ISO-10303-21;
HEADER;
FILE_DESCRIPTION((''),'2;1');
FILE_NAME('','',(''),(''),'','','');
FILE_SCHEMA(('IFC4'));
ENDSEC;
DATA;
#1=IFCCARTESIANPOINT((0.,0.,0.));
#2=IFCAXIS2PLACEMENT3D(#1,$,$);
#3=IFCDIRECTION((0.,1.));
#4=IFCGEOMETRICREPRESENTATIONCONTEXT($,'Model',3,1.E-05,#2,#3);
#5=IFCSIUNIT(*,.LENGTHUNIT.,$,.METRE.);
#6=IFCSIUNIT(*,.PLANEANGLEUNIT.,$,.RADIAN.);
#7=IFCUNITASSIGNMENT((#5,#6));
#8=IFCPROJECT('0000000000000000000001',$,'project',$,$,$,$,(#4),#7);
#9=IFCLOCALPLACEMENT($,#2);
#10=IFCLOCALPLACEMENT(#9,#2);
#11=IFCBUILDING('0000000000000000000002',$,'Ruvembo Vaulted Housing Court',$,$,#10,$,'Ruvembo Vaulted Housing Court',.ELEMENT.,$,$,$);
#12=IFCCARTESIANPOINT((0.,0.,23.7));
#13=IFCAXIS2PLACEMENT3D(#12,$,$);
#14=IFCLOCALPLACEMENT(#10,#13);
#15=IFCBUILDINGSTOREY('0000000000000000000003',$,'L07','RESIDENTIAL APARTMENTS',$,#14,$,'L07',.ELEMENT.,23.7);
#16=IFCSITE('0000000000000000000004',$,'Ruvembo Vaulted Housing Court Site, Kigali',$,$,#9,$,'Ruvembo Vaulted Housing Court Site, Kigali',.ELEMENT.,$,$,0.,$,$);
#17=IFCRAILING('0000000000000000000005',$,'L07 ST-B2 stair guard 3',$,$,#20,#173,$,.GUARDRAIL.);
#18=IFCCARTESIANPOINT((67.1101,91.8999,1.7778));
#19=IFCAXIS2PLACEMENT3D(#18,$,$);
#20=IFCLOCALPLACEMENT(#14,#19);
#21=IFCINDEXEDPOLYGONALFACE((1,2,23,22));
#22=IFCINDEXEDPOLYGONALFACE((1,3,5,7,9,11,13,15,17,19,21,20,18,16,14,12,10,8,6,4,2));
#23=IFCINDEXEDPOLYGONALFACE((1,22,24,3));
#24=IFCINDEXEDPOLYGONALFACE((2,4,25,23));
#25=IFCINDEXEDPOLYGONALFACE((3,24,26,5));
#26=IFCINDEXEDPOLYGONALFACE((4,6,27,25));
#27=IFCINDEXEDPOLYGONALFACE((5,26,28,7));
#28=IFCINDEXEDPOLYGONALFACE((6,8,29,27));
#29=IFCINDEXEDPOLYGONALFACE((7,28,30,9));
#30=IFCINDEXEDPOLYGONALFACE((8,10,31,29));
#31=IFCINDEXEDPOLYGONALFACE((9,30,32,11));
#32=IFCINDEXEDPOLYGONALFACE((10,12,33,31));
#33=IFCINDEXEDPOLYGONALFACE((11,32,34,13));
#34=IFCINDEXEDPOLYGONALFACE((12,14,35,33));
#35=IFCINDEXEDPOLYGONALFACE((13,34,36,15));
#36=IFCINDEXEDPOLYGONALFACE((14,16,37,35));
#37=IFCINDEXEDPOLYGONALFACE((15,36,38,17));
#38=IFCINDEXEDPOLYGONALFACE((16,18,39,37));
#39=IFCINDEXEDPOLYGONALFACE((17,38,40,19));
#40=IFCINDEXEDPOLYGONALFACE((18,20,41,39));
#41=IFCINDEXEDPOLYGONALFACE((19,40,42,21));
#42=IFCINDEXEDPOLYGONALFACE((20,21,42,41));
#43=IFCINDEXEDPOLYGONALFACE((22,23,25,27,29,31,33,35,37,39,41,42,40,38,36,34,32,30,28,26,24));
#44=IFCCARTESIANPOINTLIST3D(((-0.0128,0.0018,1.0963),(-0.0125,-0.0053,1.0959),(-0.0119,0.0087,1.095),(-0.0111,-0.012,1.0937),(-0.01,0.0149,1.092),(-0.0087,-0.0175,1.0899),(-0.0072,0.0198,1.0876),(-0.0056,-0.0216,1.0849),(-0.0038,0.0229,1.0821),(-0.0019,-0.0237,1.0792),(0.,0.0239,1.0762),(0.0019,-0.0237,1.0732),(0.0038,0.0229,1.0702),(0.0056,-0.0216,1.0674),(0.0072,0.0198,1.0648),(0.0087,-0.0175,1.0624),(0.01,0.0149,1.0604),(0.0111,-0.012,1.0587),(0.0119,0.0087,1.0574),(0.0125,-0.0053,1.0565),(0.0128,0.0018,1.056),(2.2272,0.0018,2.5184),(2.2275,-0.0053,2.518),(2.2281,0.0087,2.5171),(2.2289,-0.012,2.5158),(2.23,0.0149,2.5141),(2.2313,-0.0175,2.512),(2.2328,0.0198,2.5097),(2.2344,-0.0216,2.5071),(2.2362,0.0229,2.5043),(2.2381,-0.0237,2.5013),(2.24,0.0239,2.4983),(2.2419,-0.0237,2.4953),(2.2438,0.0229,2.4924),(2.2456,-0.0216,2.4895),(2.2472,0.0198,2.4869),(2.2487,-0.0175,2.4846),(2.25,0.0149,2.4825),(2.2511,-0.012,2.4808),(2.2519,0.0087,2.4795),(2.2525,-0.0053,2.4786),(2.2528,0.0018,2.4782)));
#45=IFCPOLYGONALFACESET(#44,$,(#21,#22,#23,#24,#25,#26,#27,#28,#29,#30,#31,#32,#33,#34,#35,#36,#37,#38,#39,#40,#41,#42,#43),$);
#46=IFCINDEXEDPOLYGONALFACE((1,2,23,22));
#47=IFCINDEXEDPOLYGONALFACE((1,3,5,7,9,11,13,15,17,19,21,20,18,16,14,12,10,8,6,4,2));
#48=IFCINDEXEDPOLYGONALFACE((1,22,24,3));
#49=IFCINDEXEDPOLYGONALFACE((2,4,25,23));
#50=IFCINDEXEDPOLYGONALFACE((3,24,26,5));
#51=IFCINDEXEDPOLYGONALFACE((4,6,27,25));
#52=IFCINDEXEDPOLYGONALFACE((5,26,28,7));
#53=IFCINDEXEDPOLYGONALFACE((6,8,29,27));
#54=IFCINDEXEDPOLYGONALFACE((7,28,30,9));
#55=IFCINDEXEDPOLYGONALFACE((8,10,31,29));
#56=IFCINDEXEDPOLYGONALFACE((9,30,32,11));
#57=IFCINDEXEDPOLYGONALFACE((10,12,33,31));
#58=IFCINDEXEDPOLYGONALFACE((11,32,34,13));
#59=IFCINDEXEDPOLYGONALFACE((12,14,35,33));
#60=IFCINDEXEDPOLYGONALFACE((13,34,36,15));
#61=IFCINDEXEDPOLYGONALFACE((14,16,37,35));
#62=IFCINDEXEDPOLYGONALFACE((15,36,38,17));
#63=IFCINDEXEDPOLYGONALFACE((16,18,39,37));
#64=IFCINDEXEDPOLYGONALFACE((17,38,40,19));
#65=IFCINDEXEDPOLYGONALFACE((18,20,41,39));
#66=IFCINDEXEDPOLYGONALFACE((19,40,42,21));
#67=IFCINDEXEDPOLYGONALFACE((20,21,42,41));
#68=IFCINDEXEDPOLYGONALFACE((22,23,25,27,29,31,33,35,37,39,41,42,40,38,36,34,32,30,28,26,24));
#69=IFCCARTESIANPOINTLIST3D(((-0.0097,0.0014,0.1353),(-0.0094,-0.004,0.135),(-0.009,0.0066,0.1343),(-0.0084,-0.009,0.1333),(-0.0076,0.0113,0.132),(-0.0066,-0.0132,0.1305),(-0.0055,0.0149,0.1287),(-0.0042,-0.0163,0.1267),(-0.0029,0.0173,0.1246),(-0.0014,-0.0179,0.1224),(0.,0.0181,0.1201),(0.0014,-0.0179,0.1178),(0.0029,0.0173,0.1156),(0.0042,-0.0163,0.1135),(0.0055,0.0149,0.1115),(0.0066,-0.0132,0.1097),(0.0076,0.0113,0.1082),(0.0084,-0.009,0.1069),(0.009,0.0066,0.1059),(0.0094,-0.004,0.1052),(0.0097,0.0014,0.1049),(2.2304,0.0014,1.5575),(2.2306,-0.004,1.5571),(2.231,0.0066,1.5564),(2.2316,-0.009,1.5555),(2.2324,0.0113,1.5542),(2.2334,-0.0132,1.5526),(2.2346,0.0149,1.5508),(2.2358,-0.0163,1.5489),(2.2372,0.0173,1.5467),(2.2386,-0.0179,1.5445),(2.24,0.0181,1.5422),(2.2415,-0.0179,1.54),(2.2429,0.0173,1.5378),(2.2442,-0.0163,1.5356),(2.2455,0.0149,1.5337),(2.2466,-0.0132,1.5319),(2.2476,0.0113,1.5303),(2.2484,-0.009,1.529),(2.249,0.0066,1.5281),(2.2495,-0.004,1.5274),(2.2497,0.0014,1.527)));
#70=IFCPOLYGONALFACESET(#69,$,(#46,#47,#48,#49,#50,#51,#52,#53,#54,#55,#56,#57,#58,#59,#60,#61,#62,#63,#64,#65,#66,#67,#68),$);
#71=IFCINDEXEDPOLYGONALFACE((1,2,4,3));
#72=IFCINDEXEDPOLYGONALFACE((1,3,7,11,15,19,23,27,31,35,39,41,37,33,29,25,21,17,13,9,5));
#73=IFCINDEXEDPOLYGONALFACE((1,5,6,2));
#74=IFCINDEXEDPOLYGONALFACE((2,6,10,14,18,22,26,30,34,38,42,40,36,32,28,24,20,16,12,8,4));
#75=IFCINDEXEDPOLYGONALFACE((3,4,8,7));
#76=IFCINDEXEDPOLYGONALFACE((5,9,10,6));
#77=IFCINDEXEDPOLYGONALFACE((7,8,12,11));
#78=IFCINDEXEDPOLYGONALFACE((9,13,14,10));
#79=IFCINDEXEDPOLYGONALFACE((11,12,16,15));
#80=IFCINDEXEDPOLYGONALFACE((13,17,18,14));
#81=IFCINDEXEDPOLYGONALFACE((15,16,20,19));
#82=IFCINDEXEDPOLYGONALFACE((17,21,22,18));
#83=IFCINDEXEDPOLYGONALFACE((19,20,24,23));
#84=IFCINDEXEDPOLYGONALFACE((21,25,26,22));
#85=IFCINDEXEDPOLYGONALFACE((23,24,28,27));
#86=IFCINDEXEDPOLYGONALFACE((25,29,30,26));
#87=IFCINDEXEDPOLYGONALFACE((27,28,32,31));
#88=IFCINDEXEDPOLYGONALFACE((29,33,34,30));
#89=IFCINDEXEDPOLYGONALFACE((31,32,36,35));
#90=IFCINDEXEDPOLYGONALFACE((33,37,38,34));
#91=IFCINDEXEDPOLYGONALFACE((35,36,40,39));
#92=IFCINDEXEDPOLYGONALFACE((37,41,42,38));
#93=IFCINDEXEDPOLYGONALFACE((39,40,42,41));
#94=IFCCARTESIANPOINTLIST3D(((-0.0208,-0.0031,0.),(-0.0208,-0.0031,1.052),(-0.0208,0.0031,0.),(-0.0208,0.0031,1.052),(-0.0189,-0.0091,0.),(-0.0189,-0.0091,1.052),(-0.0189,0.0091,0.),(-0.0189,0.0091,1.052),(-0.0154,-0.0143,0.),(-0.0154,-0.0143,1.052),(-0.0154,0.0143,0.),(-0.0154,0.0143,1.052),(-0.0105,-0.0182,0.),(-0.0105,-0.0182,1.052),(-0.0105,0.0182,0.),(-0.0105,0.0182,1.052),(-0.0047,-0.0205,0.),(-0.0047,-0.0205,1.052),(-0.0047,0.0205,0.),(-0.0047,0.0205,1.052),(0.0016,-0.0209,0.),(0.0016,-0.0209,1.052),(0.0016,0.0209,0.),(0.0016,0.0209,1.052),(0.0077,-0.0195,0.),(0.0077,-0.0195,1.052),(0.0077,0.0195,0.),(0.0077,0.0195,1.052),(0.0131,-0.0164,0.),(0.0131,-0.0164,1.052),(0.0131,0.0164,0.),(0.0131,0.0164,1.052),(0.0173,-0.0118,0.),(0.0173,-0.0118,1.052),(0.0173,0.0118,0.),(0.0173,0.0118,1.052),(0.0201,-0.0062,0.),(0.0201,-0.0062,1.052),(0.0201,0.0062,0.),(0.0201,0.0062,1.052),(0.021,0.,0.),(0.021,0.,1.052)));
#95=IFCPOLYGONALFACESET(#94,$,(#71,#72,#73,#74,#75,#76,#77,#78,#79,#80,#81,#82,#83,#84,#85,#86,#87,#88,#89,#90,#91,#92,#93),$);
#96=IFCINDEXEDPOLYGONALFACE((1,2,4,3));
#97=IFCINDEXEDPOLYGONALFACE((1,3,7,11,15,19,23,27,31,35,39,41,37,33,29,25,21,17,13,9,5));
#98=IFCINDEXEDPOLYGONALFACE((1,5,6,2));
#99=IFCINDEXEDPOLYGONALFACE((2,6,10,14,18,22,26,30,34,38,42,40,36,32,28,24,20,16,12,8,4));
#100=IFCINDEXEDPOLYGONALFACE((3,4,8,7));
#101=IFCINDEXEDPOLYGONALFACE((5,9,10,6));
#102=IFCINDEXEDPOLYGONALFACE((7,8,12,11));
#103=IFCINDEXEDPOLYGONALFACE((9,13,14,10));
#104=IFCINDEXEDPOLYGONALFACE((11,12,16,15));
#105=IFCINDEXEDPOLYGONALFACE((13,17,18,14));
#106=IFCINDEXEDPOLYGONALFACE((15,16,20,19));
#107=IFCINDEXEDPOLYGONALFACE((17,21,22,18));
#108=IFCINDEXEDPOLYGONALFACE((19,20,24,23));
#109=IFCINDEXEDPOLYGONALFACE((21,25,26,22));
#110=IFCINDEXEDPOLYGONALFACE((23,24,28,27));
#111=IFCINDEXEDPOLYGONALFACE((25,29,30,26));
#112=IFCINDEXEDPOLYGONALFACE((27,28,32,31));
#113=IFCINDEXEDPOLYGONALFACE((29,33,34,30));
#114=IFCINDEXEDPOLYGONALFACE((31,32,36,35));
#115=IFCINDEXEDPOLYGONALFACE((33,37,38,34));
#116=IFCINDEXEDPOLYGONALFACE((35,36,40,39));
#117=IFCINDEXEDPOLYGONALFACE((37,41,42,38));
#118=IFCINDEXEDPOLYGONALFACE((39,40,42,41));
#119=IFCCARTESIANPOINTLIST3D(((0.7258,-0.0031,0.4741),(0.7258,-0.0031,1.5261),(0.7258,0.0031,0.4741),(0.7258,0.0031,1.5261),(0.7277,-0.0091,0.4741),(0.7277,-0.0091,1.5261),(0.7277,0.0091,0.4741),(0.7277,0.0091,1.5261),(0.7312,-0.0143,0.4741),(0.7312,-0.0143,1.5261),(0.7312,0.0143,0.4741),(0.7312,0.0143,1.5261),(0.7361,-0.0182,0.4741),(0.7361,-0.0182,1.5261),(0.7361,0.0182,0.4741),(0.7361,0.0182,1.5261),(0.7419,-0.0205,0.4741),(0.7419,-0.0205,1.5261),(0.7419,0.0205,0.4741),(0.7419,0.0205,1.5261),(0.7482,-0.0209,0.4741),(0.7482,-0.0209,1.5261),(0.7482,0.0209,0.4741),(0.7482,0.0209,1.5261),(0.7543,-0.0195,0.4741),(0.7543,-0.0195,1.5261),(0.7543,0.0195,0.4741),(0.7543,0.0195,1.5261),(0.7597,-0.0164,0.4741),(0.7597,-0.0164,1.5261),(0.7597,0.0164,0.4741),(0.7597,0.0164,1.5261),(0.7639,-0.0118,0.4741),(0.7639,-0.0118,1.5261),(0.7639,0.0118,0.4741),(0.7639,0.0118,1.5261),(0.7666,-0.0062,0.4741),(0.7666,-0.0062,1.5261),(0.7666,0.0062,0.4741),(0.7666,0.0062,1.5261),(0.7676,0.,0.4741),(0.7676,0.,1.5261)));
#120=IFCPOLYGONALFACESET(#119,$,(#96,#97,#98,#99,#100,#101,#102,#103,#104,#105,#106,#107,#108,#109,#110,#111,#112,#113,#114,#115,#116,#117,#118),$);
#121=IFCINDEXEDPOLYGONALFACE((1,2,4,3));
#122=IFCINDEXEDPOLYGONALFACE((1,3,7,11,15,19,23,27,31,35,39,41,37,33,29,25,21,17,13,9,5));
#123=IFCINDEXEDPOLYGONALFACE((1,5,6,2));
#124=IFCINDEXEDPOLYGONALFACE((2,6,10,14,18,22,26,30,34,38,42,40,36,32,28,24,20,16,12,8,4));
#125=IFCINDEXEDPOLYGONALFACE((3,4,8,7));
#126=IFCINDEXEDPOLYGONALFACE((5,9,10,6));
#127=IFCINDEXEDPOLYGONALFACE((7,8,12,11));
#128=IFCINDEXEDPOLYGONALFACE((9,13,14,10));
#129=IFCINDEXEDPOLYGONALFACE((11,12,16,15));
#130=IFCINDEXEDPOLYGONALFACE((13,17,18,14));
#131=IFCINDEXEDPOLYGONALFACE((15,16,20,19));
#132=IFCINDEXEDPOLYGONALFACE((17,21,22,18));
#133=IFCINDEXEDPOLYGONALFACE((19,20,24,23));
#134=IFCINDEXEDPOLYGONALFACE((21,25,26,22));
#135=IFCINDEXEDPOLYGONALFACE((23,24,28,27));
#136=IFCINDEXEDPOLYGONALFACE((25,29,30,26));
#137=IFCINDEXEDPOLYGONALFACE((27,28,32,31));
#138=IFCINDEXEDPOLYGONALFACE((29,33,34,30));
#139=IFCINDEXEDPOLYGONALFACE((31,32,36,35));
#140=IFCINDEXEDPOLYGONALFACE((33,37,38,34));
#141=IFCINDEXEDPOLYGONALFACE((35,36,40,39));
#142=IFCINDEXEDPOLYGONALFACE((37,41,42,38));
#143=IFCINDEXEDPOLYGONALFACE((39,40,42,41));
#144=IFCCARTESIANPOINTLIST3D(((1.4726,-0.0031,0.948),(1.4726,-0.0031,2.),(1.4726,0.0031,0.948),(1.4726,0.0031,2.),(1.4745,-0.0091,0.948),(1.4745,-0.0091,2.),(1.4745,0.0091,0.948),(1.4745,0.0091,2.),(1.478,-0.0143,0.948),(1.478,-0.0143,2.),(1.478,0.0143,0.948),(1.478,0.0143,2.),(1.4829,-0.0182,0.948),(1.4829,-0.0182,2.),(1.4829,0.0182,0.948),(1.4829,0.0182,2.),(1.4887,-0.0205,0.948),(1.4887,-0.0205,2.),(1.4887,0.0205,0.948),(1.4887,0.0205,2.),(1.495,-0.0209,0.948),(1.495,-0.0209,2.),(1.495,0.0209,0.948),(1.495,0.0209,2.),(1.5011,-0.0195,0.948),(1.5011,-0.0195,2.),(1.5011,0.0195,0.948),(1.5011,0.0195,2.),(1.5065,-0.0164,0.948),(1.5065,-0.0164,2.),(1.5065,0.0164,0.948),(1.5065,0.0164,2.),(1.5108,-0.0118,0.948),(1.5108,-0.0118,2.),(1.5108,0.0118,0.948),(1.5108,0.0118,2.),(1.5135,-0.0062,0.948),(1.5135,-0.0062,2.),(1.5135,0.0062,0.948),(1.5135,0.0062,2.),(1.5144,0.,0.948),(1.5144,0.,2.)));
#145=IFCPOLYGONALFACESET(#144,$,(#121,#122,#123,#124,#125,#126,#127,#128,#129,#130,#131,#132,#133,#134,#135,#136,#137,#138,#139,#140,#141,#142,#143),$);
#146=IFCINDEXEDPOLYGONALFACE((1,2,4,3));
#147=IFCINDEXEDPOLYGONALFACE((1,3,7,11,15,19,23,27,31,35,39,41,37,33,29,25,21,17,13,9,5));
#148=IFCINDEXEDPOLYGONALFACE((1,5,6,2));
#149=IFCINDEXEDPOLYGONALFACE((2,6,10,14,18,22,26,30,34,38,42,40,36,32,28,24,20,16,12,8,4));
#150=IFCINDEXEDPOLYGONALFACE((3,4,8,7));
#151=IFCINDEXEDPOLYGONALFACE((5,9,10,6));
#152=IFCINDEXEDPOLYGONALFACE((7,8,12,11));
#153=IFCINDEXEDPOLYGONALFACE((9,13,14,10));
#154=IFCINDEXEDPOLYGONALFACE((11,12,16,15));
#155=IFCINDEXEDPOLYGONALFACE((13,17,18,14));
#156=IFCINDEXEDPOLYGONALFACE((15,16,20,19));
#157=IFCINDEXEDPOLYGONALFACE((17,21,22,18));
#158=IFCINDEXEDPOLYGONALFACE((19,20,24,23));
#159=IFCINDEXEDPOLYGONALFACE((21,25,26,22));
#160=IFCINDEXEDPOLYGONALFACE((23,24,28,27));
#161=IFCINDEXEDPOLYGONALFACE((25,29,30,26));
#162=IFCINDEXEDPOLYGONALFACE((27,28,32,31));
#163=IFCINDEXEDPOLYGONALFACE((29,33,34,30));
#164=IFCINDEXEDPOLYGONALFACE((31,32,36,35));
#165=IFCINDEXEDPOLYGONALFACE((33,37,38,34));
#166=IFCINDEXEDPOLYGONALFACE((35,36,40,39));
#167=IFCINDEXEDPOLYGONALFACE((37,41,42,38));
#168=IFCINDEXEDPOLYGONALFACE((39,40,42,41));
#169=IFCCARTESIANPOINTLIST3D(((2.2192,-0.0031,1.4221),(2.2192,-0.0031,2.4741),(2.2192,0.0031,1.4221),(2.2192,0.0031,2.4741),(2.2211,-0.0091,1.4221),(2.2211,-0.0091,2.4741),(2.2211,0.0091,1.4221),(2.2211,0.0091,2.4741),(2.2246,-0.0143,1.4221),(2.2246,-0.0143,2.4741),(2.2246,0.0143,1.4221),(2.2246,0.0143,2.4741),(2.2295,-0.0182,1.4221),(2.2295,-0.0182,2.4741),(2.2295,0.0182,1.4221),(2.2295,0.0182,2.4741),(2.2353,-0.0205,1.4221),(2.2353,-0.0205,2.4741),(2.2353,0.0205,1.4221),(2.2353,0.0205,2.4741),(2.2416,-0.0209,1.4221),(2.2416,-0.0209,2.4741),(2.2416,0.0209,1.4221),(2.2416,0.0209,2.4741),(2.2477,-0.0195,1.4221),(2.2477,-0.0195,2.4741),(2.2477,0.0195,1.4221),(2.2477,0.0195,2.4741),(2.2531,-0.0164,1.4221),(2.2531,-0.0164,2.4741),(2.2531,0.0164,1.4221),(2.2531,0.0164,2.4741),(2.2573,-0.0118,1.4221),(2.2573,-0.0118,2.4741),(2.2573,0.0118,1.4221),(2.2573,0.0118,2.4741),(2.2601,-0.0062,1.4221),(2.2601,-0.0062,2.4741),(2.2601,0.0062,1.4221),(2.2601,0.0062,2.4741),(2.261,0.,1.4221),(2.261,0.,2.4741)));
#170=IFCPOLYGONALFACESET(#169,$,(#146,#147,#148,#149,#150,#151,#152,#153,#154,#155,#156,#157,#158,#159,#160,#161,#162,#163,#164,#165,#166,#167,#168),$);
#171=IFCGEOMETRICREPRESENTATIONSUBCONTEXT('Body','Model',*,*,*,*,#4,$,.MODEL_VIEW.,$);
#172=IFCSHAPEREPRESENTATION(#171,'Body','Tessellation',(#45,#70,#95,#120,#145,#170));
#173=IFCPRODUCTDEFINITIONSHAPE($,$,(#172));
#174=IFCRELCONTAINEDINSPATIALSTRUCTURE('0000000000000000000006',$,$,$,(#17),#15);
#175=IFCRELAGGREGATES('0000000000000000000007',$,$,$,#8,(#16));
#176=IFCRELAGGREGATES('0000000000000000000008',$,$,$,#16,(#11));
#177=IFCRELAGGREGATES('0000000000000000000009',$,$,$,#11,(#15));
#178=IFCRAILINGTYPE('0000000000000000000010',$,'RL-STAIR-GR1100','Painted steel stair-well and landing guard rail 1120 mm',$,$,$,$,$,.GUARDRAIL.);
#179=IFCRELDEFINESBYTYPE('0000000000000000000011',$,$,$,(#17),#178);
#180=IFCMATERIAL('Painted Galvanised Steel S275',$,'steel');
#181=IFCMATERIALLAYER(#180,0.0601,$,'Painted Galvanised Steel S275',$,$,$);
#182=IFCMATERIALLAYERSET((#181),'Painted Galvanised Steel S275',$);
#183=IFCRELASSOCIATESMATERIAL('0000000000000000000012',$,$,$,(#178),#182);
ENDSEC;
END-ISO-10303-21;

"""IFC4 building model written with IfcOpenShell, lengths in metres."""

from ifc_helpers import new_model, si_unit, direction, frame, origin, origin_2d, place, context, subcontext, project, spatial, circle, extrude, material, layer, layer_set, type_object, element, save


model = new_model("IFC4")

# Units and contexts
model_context = context("Model", 3, precision=1e-05, world=origin(), true_north=direction((0.0, 1.0)))
body_context = subcontext(model_context, "Body", "Model", "MODEL_VIEW")
ifc_project = project(units=[si_unit("LENGTHUNIT", "METRE"), si_unit("PLANEANGLEUNIT", "RADIAN")], contexts=[model_context])

# Site, building, storey
site_placement = place(None, origin())
site = spatial("IfcSite", under=ifc_project, at=site_placement, Name="Ruvembo Vaulted Housing Court Site, Kigali", LongName="Ruvembo Vaulted Housing Court Site, Kigali", CompositionType="ELEMENT", RefElevation=0.0)
building_placement = place(site_placement, origin())
building = spatial("IfcBuilding", under=site, at=building_placement, Name="Ruvembo Vaulted Housing Court", LongName="Ruvembo Vaulted Housing Court", CompositionType="ELEMENT")
storey_placement = place(building_placement, frame((0.0, 0.0, 23.7)))
storey = spatial("IfcBuildingStorey", under=building, at=storey_placement, Name="L07", Description="RESIDENTIAL APARTMENTS", LongName="L07", CompositionType="ELEMENT", Elevation=23.7)

# Railing
ifc_material_1 = material(Name="Painted Galvanised Steel S275", Category="steel")
ifc_layer_1 = layer(ifc_material_1, 0.0601, Name="Painted Galvanised Steel S275")
ifc_layer_set_1 = layer_set([ifc_layer_1], Name="Painted Galvanised Steel S275")
railing_type_1 = type_object("IfcRailingType", Name="RL-STAIR-GR1100", Description="Painted steel stair-well and landing guard rail 1120 mm", PredefinedType="GUARDRAIL", material=ifc_layer_set_1)
railing_1_placement = place(storey_placement, frame((67.1101, 91.8999, 1.7778)))
element("IfcRailing", 1, at=railing_1_placement, inside=storey, type_object=railing_type_1, Name="L07 ST-B2 stair guard 3", PredefinedType="GUARDRAIL", context=body_context, shape_type="SweptSolid", body=[
    extrude(circle(Radius=0.0239, at=origin_2d()), frame((0.0, 0.0, 1.0762), z_axis=(0.844229, 0.0, 0.535982), x_axis=(0.0, 1.0, 0.0)), (0.0, 0.0, 1.0), 2.6533),
    extrude(circle(Radius=0.0181, at=origin_2d()), frame((0.0, 0.0, 0.1201), z_axis=(0.844229, 0.0, 0.535982), x_axis=(0.0, 1.0, 0.0)), (0.0, 0.0, 1.0), 2.6533),
    extrude(circle(Radius=0.021, at=origin_2d()), origin(), (0.0, 0.0, 1.0), 1.052),
    extrude(circle(Radius=0.021, at=origin_2d()), frame((0.7466, 0.0, 0.4741)), (0.0, 0.0, 1.0), 1.052),
    extrude(circle(Radius=0.021, at=origin_2d()), frame((1.4934, 0.0, 0.948)), (0.0, 0.0, 1.0), 1.052),
    extrude(circle(Radius=0.021, at=origin_2d()), frame((2.24, 0.0, 1.4221)), (0.0, 0.0, 1.0), 1.052),
])

save(model, "model.ifc")
